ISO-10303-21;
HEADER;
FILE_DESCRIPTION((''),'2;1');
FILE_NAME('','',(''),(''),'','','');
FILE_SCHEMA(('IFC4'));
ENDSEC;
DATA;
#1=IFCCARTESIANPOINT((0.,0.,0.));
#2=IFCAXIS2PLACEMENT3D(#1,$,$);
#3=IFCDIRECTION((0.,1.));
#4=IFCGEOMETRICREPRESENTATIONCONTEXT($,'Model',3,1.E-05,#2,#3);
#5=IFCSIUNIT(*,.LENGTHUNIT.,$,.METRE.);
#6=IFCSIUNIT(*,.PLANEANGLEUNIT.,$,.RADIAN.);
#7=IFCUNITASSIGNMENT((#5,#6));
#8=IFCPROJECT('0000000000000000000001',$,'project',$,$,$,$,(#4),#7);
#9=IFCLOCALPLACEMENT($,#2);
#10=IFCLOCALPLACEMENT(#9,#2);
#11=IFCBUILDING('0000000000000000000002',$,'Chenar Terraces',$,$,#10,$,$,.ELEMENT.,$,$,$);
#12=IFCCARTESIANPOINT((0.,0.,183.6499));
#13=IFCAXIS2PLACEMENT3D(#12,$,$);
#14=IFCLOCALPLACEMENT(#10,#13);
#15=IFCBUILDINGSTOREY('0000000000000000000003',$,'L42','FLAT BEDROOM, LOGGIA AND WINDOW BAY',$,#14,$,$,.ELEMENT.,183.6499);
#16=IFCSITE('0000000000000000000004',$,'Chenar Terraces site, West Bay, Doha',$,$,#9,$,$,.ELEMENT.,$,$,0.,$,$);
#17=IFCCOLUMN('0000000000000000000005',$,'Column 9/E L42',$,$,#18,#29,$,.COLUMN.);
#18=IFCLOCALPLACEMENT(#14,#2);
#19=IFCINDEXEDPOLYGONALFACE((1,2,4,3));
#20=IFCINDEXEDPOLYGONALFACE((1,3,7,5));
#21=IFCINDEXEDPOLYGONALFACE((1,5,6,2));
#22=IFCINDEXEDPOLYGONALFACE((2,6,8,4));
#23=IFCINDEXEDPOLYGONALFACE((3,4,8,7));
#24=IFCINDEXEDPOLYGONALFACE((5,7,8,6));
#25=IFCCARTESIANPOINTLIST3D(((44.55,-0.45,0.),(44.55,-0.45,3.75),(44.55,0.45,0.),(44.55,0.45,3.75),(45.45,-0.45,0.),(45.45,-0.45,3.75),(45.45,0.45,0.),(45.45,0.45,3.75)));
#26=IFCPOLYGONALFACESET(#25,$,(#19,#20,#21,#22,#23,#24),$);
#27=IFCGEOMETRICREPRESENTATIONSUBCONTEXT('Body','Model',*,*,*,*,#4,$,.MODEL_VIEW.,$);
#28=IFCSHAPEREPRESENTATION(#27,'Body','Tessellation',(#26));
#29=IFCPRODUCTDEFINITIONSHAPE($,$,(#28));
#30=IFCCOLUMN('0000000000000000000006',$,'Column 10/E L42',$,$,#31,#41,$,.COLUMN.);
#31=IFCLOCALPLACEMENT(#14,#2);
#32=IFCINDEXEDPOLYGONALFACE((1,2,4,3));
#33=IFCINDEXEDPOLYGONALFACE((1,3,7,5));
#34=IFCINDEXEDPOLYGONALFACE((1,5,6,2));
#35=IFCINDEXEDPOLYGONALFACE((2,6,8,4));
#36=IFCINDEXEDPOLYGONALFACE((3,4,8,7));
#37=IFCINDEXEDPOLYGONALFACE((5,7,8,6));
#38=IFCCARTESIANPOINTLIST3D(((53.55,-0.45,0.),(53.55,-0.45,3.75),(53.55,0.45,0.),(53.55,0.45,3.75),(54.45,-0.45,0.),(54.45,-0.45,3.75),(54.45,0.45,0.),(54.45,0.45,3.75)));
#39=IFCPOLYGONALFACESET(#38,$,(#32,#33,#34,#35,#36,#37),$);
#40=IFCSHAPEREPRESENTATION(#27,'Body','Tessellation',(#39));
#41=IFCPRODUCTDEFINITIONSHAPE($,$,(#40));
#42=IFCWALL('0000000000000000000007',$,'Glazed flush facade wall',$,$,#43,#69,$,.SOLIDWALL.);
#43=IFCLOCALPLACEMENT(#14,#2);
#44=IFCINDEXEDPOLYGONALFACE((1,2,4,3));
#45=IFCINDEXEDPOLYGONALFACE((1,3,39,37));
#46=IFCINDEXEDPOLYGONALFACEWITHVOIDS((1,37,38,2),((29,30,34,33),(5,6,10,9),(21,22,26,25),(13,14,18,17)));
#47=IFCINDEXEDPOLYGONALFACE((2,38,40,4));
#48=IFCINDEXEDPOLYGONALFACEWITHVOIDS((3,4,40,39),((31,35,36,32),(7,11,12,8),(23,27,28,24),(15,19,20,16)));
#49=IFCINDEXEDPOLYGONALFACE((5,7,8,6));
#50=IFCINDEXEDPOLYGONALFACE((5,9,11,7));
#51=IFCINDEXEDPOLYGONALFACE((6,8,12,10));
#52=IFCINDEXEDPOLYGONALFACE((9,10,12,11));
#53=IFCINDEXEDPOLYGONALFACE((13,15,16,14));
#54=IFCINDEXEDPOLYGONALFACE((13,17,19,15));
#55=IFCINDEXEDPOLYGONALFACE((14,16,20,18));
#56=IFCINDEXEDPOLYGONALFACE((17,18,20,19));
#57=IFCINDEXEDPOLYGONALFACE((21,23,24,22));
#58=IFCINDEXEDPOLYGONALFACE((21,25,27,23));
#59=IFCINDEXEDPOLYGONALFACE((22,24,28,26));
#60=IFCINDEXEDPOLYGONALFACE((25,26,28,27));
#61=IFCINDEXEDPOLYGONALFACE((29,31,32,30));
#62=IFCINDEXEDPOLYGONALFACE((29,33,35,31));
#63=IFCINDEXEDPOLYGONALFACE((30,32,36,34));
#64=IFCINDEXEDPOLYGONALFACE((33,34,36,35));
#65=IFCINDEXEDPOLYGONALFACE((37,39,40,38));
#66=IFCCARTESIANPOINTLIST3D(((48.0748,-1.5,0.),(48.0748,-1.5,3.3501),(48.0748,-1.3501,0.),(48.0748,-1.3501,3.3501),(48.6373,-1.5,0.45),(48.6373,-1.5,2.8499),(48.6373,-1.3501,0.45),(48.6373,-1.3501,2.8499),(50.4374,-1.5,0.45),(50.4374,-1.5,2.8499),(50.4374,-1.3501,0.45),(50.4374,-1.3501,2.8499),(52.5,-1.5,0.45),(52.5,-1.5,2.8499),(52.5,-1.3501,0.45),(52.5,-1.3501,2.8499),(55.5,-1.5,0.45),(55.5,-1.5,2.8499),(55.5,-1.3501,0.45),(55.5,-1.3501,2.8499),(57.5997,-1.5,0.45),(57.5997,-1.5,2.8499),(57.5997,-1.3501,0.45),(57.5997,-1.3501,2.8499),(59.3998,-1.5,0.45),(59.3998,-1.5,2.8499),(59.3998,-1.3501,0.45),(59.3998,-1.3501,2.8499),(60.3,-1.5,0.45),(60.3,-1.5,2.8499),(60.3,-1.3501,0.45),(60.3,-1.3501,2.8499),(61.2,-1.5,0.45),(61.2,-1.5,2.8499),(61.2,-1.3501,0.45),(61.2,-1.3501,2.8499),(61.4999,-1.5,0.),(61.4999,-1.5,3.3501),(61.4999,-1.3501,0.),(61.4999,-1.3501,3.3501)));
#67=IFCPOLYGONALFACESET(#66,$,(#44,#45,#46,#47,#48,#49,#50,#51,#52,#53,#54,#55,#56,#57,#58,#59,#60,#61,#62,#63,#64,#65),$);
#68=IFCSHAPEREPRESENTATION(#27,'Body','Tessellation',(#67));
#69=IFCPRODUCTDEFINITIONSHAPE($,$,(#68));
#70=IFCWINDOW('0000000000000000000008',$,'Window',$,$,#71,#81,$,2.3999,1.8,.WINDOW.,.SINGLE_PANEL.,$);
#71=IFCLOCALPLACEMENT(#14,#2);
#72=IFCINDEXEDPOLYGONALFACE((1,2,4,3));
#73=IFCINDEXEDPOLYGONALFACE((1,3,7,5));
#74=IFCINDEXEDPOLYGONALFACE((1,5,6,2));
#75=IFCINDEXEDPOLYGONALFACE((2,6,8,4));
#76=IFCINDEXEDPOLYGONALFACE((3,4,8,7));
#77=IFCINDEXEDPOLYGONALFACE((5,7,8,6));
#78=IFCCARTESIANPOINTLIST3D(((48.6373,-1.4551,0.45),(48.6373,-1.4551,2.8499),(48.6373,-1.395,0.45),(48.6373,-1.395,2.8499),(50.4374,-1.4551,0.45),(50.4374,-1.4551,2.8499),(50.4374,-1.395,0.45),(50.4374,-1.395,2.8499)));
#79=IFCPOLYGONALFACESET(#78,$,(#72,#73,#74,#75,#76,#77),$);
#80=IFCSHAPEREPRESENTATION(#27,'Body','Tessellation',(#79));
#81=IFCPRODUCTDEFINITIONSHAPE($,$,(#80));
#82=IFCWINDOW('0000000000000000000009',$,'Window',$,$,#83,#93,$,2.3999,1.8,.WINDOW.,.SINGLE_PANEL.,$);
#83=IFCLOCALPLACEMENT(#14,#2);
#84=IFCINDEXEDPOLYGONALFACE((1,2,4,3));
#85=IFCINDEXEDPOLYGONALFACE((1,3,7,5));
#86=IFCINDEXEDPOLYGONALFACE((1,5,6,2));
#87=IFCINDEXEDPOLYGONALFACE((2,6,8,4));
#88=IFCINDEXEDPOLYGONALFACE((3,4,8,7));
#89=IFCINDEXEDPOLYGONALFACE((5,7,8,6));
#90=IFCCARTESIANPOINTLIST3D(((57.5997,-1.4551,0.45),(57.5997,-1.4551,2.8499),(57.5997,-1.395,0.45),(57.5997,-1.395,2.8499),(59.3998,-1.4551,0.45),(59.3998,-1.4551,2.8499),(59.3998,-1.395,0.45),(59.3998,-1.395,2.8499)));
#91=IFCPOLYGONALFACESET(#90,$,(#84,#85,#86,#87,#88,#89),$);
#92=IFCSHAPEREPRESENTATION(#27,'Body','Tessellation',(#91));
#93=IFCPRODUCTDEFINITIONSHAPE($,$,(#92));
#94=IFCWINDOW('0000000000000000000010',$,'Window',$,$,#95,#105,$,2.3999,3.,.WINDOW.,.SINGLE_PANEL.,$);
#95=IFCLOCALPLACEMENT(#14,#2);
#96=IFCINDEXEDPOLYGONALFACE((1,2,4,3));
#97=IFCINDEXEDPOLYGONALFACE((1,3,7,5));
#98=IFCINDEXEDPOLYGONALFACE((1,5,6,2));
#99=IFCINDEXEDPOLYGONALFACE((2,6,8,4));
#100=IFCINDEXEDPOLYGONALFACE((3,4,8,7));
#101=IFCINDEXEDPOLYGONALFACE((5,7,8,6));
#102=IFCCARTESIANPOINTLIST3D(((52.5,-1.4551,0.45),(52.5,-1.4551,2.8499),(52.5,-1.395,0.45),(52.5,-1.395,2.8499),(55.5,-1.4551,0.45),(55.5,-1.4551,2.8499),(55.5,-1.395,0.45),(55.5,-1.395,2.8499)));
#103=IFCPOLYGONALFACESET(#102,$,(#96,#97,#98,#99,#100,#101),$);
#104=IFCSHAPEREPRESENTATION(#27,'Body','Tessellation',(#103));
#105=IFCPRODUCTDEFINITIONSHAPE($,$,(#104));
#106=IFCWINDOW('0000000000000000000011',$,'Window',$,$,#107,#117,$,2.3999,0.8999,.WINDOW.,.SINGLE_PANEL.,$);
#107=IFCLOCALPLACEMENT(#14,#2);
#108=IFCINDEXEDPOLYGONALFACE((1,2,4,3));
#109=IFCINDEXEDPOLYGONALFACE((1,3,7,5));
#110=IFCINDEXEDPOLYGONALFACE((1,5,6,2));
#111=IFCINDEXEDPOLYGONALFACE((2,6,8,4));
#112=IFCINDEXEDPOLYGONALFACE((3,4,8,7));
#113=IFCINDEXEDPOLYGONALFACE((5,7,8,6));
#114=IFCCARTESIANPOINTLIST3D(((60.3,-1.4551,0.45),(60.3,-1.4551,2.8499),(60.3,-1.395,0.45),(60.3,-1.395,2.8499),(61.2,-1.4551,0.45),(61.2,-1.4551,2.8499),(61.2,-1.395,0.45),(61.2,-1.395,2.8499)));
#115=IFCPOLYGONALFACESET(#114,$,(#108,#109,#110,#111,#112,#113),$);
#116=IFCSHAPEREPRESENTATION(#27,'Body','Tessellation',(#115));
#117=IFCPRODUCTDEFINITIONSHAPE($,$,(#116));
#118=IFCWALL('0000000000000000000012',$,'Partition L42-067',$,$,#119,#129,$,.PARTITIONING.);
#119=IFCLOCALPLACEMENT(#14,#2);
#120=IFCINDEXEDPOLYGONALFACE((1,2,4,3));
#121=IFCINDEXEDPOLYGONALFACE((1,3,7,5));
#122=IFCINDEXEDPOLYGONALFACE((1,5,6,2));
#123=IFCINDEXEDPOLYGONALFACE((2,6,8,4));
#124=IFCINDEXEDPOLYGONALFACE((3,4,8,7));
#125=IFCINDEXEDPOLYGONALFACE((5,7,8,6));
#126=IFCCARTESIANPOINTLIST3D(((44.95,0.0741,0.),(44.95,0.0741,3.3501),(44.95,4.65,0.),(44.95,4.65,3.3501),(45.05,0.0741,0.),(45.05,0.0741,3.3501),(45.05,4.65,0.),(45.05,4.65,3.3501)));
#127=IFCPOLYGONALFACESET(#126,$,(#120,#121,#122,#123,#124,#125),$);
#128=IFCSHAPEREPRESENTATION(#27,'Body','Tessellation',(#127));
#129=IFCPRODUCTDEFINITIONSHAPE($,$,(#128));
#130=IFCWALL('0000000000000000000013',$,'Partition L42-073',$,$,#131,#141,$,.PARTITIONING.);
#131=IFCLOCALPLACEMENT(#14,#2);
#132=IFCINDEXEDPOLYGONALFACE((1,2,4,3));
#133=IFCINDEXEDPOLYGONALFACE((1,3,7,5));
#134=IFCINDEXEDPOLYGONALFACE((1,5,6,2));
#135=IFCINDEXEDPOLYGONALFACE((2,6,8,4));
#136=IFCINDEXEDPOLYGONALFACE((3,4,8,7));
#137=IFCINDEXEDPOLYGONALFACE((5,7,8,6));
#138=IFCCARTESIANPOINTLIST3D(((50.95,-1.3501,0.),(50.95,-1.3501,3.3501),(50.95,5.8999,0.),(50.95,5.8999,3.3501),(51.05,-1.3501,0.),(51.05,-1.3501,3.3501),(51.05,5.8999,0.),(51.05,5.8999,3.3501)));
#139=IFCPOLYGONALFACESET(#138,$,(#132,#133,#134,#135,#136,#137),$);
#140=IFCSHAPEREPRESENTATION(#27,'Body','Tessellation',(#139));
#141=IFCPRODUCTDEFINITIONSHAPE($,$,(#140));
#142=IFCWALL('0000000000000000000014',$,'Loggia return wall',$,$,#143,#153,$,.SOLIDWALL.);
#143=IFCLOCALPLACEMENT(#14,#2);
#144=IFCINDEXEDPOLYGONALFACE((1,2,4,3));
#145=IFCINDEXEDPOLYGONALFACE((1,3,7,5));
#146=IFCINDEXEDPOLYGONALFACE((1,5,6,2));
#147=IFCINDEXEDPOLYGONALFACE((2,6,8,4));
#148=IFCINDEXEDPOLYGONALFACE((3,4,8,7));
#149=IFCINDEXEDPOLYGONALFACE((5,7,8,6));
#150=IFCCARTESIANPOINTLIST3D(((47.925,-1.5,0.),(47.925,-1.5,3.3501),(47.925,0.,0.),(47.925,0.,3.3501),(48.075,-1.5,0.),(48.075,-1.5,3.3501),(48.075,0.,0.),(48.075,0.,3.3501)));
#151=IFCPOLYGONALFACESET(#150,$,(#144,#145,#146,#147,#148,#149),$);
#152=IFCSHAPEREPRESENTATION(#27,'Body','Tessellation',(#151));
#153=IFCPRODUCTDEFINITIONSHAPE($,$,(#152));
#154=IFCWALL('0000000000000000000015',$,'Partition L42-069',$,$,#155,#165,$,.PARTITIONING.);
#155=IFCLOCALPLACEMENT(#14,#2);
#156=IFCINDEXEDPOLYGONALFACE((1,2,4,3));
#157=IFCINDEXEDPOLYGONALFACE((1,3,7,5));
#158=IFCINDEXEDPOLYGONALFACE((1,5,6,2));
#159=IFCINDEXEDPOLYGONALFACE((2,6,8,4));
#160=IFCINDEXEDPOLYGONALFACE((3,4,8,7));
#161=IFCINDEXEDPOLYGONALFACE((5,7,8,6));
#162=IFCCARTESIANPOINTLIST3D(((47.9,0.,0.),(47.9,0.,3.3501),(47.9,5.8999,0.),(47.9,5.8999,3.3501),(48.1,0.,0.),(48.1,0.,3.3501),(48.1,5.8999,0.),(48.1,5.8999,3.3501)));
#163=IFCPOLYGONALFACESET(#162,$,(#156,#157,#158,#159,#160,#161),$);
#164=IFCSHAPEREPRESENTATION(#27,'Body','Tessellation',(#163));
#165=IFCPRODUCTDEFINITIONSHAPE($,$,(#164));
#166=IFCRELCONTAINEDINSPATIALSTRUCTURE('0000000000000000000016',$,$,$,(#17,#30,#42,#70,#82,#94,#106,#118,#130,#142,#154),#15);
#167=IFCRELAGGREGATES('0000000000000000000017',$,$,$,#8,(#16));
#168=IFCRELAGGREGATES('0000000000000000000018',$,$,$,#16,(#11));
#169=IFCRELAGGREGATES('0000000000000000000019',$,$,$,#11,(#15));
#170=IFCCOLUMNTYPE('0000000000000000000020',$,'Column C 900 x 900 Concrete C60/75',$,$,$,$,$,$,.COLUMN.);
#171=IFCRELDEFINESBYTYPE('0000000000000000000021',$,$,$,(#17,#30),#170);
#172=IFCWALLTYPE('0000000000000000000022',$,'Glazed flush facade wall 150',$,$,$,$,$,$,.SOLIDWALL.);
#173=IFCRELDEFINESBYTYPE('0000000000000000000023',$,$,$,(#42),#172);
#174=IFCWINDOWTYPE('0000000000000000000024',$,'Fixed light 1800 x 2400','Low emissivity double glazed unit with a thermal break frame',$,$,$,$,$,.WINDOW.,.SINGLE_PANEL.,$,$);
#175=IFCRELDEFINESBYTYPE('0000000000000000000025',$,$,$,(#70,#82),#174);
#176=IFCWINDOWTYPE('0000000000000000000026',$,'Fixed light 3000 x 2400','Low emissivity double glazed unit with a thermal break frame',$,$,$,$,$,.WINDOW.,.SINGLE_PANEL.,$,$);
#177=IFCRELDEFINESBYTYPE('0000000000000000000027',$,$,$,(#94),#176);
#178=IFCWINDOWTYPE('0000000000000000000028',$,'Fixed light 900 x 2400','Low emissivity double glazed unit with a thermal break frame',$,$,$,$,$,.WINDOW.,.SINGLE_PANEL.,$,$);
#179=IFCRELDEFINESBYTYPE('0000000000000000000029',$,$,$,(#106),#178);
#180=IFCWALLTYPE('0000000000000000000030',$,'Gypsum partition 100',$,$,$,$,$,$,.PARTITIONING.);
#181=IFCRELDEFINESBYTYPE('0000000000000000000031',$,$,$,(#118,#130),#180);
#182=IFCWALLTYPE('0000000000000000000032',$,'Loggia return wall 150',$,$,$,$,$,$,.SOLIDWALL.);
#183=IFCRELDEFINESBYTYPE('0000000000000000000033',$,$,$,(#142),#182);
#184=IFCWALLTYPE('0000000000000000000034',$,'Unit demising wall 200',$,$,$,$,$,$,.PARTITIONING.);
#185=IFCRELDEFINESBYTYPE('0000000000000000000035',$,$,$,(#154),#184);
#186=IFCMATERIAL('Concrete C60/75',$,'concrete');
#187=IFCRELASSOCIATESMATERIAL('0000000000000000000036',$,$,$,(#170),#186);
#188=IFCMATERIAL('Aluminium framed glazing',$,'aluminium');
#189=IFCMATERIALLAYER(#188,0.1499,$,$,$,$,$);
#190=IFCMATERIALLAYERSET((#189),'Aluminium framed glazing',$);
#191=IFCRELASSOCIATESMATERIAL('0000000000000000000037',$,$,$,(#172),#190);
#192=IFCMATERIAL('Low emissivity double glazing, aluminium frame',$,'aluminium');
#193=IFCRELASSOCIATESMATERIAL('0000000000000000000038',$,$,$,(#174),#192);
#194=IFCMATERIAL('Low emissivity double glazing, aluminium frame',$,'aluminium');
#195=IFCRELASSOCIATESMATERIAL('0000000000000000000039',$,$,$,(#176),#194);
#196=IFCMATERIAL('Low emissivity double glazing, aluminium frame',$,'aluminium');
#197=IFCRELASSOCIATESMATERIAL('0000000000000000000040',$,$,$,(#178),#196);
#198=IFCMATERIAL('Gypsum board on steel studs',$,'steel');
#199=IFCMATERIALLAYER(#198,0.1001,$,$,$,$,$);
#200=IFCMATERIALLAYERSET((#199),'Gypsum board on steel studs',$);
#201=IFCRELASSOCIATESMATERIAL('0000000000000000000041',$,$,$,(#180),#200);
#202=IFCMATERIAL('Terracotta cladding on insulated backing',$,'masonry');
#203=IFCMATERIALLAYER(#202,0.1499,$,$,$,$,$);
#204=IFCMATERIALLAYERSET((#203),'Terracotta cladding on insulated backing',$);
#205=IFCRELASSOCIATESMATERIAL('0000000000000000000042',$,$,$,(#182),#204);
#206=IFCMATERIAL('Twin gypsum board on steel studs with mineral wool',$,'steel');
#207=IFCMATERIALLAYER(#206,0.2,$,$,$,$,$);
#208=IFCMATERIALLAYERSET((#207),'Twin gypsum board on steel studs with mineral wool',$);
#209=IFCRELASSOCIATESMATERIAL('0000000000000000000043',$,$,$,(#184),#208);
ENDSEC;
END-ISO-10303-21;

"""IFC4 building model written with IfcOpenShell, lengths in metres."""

from ifc_helpers import new_model, si_unit, direction, frame, frame_2d, origin, origin_2d, place, context, subcontext, project, spatial, rectangle, extrude, material, layer, layer_set, material_profile, profile_set, type_object, element, fill, save


model = new_model("IFC4")

# Units and contexts
model_context = context("Model", 3, precision=1e-05, world=origin(), true_north=direction((0.0, 1.0)))
body_context = subcontext(model_context, "Body", "Model", "MODEL_VIEW")
ifc_project = project(units=[si_unit("LENGTHUNIT", "METRE"), si_unit("PLANEANGLEUNIT", "RADIAN")], contexts=[model_context])

# Site, building, storey
site_placement = place(None, origin())
site = spatial("IfcSite", under=ifc_project, at=site_placement, Name="Chenar Terraces site, West Bay, Doha", CompositionType="ELEMENT", RefElevation=0.0)
building_placement = place(site_placement, origin())
building = spatial("IfcBuilding", under=site, at=building_placement, Name="Chenar Terraces", CompositionType="ELEMENT")
storey_placement = place(building_placement, frame((0.0, 0.0, 183.6499)))
storey = spatial("IfcBuildingStorey", under=building, at=storey_placement, Name="L42", Description="FLAT BEDROOM, LOGGIA AND WINDOW BAY", CompositionType="ELEMENT", Elevation=183.6499)

# Columns
ifc_material_1 = material(Name="Concrete C60/75", Category="concrete")
ifc_material_profile = material_profile(ifc_material_1, rectangle(XDim=0.8999, YDim=0.8999, at=origin_2d()), Name="C 900 x 900")
ifc_profile_set = profile_set([ifc_material_profile], Name="Concrete C60/75")
column_type = type_object("IfcColumnType", Name="Column C 900 x 900 Concrete C60/75", PredefinedType="COLUMN", material=ifc_profile_set)
for number, where, z_axis, x_axis, name in (
    (1, (45.0, 0.0, 0.0), (0.0, 0.0, 1.0), (1.0, 0.0, 0.0), "Column 9/E L42"),
    (2, (54.0, 0.0, 0.0), (0.0, 0.0, 1.0), (1.0, 0.0, 0.0), "Column 10/E L42"),
):
    element("IfcColumn", number, at=place(storey_placement, frame(where, z_axis=z_axis, x_axis=x_axis)), inside=storey, type_object=column_type, Name=name, PredefinedType="COLUMN", context=body_context, shape_type="SweptSolid", body=[
        extrude(rectangle(XDim=0.8999, YDim=0.8999, at=origin_2d()), origin(), (0.0, 0.0, 1.0), 3.75),
    ])

# Wall, openings, windows
ifc_material_2 = material(Name="Aluminium framed glazing", Category="aluminium")
ifc_layer_1 = layer(ifc_material_2, 0.1499)
ifc_layer_set_1 = layer_set([ifc_layer_1], Name="Aluminium framed glazing")
wall_type_1 = type_object("IfcWallType", Name="Glazed flush facade wall 150", PredefinedType="SOLIDWALL", material=ifc_layer_set_1)
wall_1_placement = place(storey_placement, frame((48.075, -1.425, 0.0), z_axis=(0.0, 0.0, 1.0), x_axis=(1.0, 0.0, 0.0)))
wall_1 = element("IfcWall", 3, at=wall_1_placement, inside=storey, type_object=wall_type_1, Name="Glazed flush facade wall", PredefinedType="SOLIDWALL", context=body_context, shape_type="SweptSolid", body=[
    extrude(rectangle(XDim=13.425, YDim=0.1499, at=frame_2d((6.7124, 0.0))), origin(), (0.0, 0.0, 1.0), 3.3501),
])
opening_1_placement = place(wall_1_placement, frame((0.5625, 0.0, 0.45)))
opening_1 = element("IfcOpeningElement", 4, at=opening_1_placement, cuts=wall_1, PredefinedType="OPENING", context=body_context, shape_type="SweptSolid", body=[
    extrude(rectangle(XDim=1.8, YDim=2.3999, at=frame_2d((0.8999, 1.2))), frame((0.0, 0.085, 0.0), z_axis=(0.0, -1.0, 0.0), x_axis=(1.0, 0.0, 0.0)), (0.0, 0.0, 1.0), 0.1699),
])
opening_2_placement = place(wall_1_placement, frame((4.425, 0.0, 0.45)))
opening_2 = element("IfcOpeningElement", 5, at=opening_2_placement, cuts=wall_1, PredefinedType="OPENING", context=body_context, shape_type="SweptSolid", body=[
    extrude(rectangle(XDim=3.0, YDim=2.3999, at=frame_2d((1.5, 1.2))), frame((0.0, 0.085, 0.0), z_axis=(0.0, -1.0, 0.0), x_axis=(1.0, 0.0, 0.0)), (0.0, 0.0, 1.0), 0.1699),
])
opening_3_placement = place(wall_1_placement, frame((9.5249, 0.0, 0.45)))
opening_3 = element("IfcOpeningElement", 6, at=opening_3_placement, cuts=wall_1, PredefinedType="OPENING", context=body_context, shape_type="SweptSolid", body=[
    extrude(rectangle(XDim=1.8, YDim=2.3999, at=frame_2d((0.8999, 1.2))), frame((0.0, 0.085, 0.0), z_axis=(0.0, -1.0, 0.0), x_axis=(1.0, 0.0, 0.0)), (0.0, 0.0, 1.0), 0.1699),
])
opening_4_placement = place(wall_1_placement, frame((12.2251, 0.0, 0.45)))
opening_4 = element("IfcOpeningElement", 7, at=opening_4_placement, cuts=wall_1, PredefinedType="OPENING", context=body_context, shape_type="SweptSolid", body=[
    extrude(rectangle(XDim=0.8999, YDim=2.3999, at=frame_2d((0.45, 1.2))), frame((0.0, 0.085, 0.0), z_axis=(0.0, -1.0, 0.0), x_axis=(1.0, 0.0, 0.0)), (0.0, 0.0, 1.0), 0.1699),
])
ifc_material_3 = material(Name="Low emissivity double glazing, aluminium frame", Category="aluminium")
window_type_1 = type_object("IfcWindowType", Name="Fixed light 1800 x 2400", Description="Low emissivity double glazed unit with a thermal break frame", PartitioningType="SINGLE_PANEL", PredefinedType="WINDOW", material=ifc_material_3)
window_1_placement = place(opening_1_placement, origin())
window_1 = element("IfcWindow", 8, at=window_1_placement, inside=storey, type_object=window_type_1, Name="Window", OverallHeight=2.3999, OverallWidth=1.8, PartitioningType="SINGLE_PANEL", PredefinedType="WINDOW", context=body_context, shape_type="SweptSolid", body=[
    extrude(rectangle(XDim=1.8, YDim=2.3999, at=frame_2d((0.8999, 1.2))), frame((0.0, 0.03, 0.0), z_axis=(0.0, -1.0, 0.0), x_axis=(1.0, 0.0, 0.0)), (0.0, 0.0, 1.0), 0.0601),
])
fill(opening_1, window_1)
window_2_placement = place(opening_3_placement, origin())
window_2 = element("IfcWindow", 9, at=window_2_placement, inside=storey, type_object=window_type_1, Name="Window", OverallHeight=2.3999, OverallWidth=1.8, PartitioningType="SINGLE_PANEL", PredefinedType="WINDOW", context=body_context, shape_type="SweptSolid", body=[
    extrude(rectangle(XDim=1.8, YDim=2.3999, at=frame_2d((0.8999, 1.2))), frame((0.0, 0.03, 0.0), z_axis=(0.0, -1.0, 0.0), x_axis=(1.0, 0.0, 0.0)), (0.0, 0.0, 1.0), 0.0601),
])
fill(opening_3, window_2)
ifc_material_4 = material(Name="Low emissivity double glazing, aluminium frame", Category="aluminium")
window_type_2 = type_object("IfcWindowType", Name="Fixed light 3000 x 2400", Description="Low emissivity double glazed unit with a thermal break frame", PartitioningType="SINGLE_PANEL", PredefinedType="WINDOW", material=ifc_material_4)
window_3_placement = place(opening_2_placement, origin())
window_3 = element("IfcWindow", 10, at=window_3_placement, inside=storey, type_object=window_type_2, Name="Window", OverallHeight=2.3999, OverallWidth=3.0, PartitioningType="SINGLE_PANEL", PredefinedType="WINDOW", context=body_context, shape_type="SweptSolid", body=[
    extrude(rectangle(XDim=3.0, YDim=2.3999, at=frame_2d((1.5, 1.2))), frame((0.0, 0.03, 0.0), z_axis=(0.0, -1.0, 0.0), x_axis=(1.0, 0.0, 0.0)), (0.0, 0.0, 1.0), 0.0601),
])
fill(opening_2, window_3)
ifc_material_5 = material(Name="Low emissivity double glazing, aluminium frame", Category="aluminium")
window_type_3 = type_object("IfcWindowType", Name="Fixed light 900 x 2400", Description="Low emissivity double glazed unit with a thermal break frame", PartitioningType="SINGLE_PANEL", PredefinedType="WINDOW", material=ifc_material_5)
window_4_placement = place(opening_4_placement, origin())
window_4 = element("IfcWindow", 11, at=window_4_placement, inside=storey, type_object=window_type_3, Name="Window", OverallHeight=2.3999, OverallWidth=0.8999, PartitioningType="SINGLE_PANEL", PredefinedType="WINDOW", context=body_context, shape_type="SweptSolid", body=[
    extrude(rectangle(XDim=0.8999, YDim=2.3999, at=frame_2d((0.45, 1.2))), frame((0.0, 0.03, 0.0), z_axis=(0.0, -1.0, 0.0), x_axis=(1.0, 0.0, 0.0)), (0.0, 0.0, 1.0), 0.0601),
])
fill(opening_4, window_4)

# Walls
ifc_material_6 = material(Name="Gypsum board on steel studs", Category="steel")
ifc_layer_2 = layer(ifc_material_6, 0.1001)
ifc_layer_set_2 = layer_set([ifc_layer_2], Name="Gypsum board on steel studs")
wall_type_2 = type_object("IfcWallType", Name="Gypsum partition 100", PredefinedType="PARTITIONING", material=ifc_layer_set_2)
wall_2_placement = place(storey_placement, frame((45.0, 0.074, 0.0), z_axis=(0.0, 0.0, 1.0), x_axis=(0.0, 1.0, 0.0)))
element("IfcWall", 12, at=wall_2_placement, inside=storey, type_object=wall_type_2, Name="Partition L42-067", PredefinedType="PARTITIONING", context=body_context, shape_type="SweptSolid", body=[
    extrude(rectangle(XDim=4.5759, YDim=0.1001, at=frame_2d((2.2881, 0.0))), origin(), (0.0, 0.0, 1.0), 3.3501),
])
wall_3_placement = place(storey_placement, frame((51.0, -1.3501, 0.0), z_axis=(0.0, 0.0, 1.0), x_axis=(0.0, 1.0, 0.0)))
element("IfcWall", 13, at=wall_3_placement, inside=storey, type_object=wall_type_2, Name="Partition L42-073", PredefinedType="PARTITIONING", context=body_context, shape_type="SweptSolid", body=[
    extrude(rectangle(XDim=7.25, YDim=0.1001, at=frame_2d((3.625, 0.0))), origin(), (0.0, 0.0, 1.0), 3.3501),
])
ifc_material_7 = material(Name="Terracotta cladding on insulated backing", Category="masonry")
ifc_layer_3 = layer(ifc_material_7, 0.1499)
ifc_layer_set_3 = layer_set([ifc_layer_3], Name="Terracotta cladding on insulated backing")
wall_type_3 = type_object("IfcWallType", Name="Loggia return wall 150", PredefinedType="SOLIDWALL", material=ifc_layer_set_3)
wall_4_placement = place(storey_placement, frame((48.0, -1.5, 0.0), z_axis=(0.0, 0.0, 1.0), x_axis=(0.0, 1.0, 0.0)))
element("IfcWall", 14, at=wall_4_placement, inside=storey, type_object=wall_type_3, Name="Loggia return wall", PredefinedType="SOLIDWALL", context=body_context, shape_type="SweptSolid", body=[
    extrude(rectangle(XDim=1.5, YDim=0.1499, at=frame_2d((0.75, 0.0))), origin(), (0.0, 0.0, 1.0), 3.3501),
])
ifc_material_8 = material(Name="Twin gypsum board on steel studs with mineral wool", Category="steel")
ifc_layer_4 = layer(ifc_material_8, 0.2)
ifc_layer_set_4 = layer_set([ifc_layer_4], Name="Twin gypsum board on steel studs with mineral wool")
wall_type_4 = type_object("IfcWallType", Name="Unit demising wall 200", PredefinedType="PARTITIONING", material=ifc_layer_set_4)
wall_5_placement = place(storey_placement, frame((48.0, 0.0, 0.0), z_axis=(0.0, 0.0, 1.0), x_axis=(0.0, 1.0, 0.0)))
element("IfcWall", 15, at=wall_5_placement, inside=storey, type_object=wall_type_4, Name="Partition L42-069", PredefinedType="PARTITIONING", context=body_context, shape_type="SweptSolid", body=[
    extrude(rectangle(XDim=5.8999, YDim=0.2, at=frame_2d((2.95, 0.0))), origin(), (0.0, 0.0, 1.0), 3.3501),
])

save(model, "model.ifc")
